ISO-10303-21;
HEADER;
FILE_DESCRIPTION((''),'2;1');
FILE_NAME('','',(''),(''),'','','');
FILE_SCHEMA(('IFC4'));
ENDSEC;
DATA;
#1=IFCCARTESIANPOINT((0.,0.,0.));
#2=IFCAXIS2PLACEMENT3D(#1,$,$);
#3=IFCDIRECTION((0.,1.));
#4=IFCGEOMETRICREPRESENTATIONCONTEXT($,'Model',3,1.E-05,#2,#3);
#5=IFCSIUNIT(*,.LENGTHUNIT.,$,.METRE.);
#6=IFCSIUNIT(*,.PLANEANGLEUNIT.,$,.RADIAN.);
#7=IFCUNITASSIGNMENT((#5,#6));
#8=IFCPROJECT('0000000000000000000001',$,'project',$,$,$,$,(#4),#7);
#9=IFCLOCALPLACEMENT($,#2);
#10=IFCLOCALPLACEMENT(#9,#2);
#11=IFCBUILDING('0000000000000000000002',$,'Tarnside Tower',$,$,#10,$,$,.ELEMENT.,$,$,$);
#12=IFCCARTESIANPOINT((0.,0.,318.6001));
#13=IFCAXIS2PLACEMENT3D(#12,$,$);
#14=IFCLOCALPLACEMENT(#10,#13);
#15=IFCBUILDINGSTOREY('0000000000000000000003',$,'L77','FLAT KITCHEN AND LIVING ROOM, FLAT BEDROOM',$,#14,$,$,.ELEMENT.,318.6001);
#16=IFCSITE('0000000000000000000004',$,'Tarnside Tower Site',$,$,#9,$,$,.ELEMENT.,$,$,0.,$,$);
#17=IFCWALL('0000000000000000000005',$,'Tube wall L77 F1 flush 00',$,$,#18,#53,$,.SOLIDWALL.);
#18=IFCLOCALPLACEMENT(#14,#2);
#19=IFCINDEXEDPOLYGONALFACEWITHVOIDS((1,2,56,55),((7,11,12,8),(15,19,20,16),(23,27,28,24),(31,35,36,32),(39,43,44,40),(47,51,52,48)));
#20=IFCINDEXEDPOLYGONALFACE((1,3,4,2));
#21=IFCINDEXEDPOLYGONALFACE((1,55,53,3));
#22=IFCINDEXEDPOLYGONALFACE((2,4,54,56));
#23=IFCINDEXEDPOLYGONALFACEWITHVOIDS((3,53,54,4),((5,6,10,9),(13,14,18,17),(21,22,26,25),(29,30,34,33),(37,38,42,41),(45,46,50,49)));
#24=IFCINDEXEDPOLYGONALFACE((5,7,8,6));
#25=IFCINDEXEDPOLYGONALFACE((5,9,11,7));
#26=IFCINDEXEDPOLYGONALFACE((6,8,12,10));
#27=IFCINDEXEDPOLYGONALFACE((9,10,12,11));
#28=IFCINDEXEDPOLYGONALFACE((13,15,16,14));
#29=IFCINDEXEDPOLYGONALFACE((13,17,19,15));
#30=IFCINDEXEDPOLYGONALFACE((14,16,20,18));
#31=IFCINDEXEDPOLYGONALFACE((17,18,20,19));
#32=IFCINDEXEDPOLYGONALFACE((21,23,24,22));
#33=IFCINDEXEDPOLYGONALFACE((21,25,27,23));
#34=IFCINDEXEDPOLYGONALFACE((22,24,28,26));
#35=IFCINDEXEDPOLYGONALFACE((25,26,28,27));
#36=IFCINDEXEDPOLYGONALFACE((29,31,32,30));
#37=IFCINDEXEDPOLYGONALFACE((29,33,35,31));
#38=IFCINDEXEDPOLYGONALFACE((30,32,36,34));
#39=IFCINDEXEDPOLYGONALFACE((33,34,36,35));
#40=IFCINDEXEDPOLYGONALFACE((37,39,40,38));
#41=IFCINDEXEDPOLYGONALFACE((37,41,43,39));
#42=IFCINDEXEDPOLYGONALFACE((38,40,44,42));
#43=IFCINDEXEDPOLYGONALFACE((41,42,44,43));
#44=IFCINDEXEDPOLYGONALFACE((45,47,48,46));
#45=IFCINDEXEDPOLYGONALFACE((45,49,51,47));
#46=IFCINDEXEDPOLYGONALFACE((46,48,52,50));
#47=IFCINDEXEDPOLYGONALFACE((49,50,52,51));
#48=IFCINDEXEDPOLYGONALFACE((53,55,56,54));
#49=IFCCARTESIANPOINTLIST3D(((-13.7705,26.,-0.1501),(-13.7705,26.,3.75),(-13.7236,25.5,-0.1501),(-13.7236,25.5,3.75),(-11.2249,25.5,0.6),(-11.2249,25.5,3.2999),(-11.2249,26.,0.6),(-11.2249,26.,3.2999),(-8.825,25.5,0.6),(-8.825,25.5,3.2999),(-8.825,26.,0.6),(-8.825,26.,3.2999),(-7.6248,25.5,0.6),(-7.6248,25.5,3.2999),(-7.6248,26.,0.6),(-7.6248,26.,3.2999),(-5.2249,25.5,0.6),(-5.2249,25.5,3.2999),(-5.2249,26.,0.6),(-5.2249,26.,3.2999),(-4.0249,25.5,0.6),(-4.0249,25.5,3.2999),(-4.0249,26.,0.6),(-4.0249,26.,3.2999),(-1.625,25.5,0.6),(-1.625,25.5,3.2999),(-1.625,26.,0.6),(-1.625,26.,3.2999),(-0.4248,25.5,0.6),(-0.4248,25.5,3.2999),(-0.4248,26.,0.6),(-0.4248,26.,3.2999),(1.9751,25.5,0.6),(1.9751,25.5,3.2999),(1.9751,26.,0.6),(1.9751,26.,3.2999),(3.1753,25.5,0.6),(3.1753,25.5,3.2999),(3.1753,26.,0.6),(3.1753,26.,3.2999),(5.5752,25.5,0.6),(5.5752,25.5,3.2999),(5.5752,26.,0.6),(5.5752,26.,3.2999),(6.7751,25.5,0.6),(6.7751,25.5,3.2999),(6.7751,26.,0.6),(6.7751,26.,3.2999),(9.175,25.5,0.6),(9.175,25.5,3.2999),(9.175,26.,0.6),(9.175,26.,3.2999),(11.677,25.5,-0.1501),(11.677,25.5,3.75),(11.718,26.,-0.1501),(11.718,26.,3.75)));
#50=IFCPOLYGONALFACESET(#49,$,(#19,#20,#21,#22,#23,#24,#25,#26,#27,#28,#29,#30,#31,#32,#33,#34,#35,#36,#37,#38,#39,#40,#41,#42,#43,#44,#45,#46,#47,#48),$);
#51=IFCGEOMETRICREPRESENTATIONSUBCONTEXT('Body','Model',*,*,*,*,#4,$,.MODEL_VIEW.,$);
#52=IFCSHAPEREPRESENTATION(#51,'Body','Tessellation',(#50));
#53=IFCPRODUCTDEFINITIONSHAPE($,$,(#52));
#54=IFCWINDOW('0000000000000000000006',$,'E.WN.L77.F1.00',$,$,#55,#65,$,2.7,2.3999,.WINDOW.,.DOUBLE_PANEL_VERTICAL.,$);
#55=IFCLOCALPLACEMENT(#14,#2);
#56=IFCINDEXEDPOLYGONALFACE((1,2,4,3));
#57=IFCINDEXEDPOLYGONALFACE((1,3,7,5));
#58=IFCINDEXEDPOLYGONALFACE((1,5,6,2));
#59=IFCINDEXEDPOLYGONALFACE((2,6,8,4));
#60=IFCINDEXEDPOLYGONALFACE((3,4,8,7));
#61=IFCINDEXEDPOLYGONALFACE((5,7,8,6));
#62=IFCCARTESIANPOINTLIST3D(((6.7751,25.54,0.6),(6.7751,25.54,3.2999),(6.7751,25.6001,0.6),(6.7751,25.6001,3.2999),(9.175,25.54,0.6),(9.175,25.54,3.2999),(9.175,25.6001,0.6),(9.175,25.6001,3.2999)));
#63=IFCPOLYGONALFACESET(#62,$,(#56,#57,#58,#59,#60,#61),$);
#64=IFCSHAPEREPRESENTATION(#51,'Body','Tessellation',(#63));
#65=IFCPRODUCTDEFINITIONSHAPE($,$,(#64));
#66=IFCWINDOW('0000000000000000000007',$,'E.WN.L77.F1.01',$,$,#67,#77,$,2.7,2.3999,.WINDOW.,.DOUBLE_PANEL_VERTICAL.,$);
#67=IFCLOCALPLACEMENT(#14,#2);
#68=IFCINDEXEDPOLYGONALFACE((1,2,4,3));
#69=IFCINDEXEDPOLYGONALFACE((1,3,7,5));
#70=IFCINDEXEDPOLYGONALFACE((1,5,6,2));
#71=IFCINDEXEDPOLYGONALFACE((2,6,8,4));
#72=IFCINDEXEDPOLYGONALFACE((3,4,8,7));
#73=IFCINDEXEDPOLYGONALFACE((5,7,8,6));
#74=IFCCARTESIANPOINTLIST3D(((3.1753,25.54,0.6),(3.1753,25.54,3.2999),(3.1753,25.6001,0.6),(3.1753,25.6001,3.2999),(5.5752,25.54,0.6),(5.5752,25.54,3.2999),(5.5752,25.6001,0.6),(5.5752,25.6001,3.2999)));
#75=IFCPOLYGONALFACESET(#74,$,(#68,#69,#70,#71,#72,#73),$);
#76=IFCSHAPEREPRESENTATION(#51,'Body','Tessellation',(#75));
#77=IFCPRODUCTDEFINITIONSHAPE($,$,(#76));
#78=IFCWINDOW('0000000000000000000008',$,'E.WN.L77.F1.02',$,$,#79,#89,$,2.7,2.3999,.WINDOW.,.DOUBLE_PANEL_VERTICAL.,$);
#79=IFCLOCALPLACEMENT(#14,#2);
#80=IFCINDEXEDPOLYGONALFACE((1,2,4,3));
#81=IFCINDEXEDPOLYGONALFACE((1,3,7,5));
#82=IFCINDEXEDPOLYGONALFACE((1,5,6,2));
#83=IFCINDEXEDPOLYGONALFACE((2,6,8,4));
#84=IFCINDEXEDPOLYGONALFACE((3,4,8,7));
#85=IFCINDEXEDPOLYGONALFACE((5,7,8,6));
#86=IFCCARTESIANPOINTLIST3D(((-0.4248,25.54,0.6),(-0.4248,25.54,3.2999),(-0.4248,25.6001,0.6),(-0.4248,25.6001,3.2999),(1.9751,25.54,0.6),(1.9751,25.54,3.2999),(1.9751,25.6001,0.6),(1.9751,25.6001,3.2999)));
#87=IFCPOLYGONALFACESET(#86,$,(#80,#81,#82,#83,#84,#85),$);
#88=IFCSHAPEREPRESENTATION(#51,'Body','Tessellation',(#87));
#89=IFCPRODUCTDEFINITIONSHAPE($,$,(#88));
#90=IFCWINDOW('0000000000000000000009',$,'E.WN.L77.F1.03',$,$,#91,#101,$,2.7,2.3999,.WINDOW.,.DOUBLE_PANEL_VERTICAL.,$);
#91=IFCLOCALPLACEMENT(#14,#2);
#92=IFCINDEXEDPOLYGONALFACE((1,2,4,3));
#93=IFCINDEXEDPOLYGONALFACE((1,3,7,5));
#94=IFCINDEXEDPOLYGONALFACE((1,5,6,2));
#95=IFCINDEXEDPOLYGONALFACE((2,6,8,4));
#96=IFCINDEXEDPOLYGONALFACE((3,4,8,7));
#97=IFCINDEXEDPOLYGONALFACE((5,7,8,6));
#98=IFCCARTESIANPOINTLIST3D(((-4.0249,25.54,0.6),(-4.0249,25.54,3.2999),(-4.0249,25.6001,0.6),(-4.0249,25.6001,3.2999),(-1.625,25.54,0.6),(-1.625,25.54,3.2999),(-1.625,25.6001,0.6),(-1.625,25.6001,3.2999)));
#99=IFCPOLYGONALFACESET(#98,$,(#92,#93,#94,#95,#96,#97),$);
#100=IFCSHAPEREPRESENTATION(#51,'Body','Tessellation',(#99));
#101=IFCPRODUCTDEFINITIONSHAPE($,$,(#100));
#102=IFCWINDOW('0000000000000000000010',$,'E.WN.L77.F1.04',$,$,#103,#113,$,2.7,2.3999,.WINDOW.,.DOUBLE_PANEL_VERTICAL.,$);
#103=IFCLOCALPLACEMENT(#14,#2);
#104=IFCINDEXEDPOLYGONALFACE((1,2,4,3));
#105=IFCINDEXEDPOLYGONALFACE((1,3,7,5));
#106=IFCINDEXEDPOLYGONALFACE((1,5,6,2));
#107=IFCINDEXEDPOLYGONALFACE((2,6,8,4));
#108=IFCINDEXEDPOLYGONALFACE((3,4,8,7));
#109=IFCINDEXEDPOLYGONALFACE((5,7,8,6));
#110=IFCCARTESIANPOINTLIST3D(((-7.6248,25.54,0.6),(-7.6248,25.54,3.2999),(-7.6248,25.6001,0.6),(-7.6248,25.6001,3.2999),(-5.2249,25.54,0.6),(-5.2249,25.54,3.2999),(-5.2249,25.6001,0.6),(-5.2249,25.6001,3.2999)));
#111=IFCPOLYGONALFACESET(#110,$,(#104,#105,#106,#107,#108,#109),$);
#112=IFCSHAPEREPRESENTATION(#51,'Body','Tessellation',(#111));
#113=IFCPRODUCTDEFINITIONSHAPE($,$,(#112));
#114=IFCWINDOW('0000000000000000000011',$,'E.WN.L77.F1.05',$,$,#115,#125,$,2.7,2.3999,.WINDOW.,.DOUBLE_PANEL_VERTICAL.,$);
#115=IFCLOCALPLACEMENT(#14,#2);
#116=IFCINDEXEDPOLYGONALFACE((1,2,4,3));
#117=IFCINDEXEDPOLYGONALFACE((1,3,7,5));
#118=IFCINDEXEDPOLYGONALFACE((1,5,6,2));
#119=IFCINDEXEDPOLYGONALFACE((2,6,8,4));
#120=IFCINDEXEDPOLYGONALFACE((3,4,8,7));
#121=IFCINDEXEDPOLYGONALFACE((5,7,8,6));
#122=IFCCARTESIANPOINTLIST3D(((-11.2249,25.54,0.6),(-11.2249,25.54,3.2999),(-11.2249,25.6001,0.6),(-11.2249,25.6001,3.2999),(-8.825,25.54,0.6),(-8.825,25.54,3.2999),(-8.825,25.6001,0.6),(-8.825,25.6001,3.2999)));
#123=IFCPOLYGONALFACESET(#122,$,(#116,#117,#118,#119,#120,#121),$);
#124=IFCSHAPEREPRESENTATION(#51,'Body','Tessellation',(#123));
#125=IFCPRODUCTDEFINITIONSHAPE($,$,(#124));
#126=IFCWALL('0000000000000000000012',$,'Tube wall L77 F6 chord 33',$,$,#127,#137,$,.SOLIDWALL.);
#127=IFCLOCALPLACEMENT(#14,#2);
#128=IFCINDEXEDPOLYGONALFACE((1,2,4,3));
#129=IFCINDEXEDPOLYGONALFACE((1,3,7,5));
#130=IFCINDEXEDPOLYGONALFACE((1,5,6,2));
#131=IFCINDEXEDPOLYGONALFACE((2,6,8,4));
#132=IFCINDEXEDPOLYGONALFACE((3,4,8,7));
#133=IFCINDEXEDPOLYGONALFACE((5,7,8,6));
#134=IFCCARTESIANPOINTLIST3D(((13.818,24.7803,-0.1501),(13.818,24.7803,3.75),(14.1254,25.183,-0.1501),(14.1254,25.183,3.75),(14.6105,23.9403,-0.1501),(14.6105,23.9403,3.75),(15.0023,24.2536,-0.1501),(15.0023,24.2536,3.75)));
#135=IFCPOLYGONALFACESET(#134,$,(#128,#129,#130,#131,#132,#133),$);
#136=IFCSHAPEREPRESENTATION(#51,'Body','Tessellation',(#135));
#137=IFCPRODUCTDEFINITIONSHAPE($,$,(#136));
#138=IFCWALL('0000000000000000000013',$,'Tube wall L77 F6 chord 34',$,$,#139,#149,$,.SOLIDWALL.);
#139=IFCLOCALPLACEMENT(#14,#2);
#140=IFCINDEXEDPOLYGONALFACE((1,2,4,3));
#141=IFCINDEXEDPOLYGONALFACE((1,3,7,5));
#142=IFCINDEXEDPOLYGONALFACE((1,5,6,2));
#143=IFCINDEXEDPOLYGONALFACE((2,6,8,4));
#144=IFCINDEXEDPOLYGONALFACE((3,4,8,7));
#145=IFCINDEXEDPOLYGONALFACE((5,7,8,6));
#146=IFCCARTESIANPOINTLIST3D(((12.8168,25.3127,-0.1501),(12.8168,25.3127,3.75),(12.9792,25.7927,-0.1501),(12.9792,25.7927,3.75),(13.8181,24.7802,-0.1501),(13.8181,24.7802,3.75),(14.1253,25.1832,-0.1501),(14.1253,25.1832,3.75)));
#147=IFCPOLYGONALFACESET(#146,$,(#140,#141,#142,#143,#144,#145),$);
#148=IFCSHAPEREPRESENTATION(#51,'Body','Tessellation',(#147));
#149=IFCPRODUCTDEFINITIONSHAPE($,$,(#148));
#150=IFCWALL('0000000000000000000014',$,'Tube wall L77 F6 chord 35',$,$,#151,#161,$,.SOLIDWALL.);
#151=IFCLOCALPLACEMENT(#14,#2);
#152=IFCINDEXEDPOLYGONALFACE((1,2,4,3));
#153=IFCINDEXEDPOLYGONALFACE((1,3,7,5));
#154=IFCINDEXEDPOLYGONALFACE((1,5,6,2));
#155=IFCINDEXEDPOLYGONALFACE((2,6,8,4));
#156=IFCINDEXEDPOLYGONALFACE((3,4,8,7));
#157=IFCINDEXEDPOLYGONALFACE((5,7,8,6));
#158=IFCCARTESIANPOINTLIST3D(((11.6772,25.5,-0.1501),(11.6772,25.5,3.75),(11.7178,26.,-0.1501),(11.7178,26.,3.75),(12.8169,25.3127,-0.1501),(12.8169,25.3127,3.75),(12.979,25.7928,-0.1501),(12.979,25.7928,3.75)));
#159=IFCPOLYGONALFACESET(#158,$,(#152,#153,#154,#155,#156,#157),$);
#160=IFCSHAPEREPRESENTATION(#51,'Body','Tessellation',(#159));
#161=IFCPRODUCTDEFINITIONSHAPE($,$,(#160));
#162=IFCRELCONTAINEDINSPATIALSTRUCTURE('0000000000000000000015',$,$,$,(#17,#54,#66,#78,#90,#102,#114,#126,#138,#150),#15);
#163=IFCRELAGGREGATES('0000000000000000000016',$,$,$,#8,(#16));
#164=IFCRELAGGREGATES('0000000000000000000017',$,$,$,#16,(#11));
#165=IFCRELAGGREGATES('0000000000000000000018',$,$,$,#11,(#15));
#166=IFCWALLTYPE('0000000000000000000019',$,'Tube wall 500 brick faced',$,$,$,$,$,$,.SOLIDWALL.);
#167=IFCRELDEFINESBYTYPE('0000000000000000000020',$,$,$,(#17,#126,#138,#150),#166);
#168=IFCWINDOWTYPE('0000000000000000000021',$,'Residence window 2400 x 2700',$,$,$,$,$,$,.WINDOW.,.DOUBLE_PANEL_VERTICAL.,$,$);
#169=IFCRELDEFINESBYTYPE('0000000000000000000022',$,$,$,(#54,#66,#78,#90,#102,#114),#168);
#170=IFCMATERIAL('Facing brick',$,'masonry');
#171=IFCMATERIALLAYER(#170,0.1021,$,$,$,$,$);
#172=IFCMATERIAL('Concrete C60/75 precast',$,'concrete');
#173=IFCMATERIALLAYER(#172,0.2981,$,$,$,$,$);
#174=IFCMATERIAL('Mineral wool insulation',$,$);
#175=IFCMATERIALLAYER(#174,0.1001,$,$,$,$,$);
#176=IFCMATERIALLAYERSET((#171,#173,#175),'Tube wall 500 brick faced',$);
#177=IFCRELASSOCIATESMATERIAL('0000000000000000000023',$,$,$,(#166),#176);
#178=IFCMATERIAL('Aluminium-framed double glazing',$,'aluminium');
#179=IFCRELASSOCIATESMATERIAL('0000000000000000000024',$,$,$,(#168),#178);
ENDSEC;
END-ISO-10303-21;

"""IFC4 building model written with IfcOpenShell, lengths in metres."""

from ifc_helpers import new_model, si_unit, direction, frame, frame_2d, origin, place, context, subcontext, project, spatial, polyline, rectangle, outline, extrude, material, layer, layer_set, type_object, element, fill, save


model = new_model("IFC4")

# Units and contexts
model_context = context("Model", 3, precision=1e-05, world=origin(), true_north=direction((0.0, 1.0)))
body_context = subcontext(model_context, "Body", "Model", "MODEL_VIEW")
ifc_project = project(units=[si_unit("LENGTHUNIT", "METRE"), si_unit("PLANEANGLEUNIT", "RADIAN")], contexts=[model_context])

# Site, building, storey
site_placement = place(None, origin())
site = spatial("IfcSite", under=ifc_project, at=site_placement, Name="Tarnside Tower Site", CompositionType="ELEMENT", RefElevation=0.0)
building_placement = place(site_placement, origin())
building = spatial("IfcBuilding", under=site, at=building_placement, Name="Tarnside Tower", CompositionType="ELEMENT")
storey_placement = place(building_placement, frame((0.0, 0.0, 318.6001)))
storey = spatial("IfcBuildingStorey", under=building, at=storey_placement, Name="L77", Description="FLAT KITCHEN AND LIVING ROOM, FLAT BEDROOM", CompositionType="ELEMENT", Elevation=318.6001)

# Shared definitions
ifc_material_1 = material(Name="Concrete C60/75 precast", Category="concrete")
ifc_material_2 = material(Name="Mineral wool insulation")

# Wall, openings, windows
ifc_material_3 = material(Name="Facing brick", Category="masonry")
ifc_layer_1 = layer(ifc_material_3, 0.1021)
ifc_layer_2 = layer(ifc_material_1, 0.2981)
ifc_layer_3 = layer(ifc_material_2, 0.1001)
ifc_layer_set_1 = layer_set([ifc_layer_1, ifc_layer_2, ifc_layer_3], Name="Tube wall 500 brick faced")
wall_type_1 = type_object("IfcWallType", Name="Tube wall 500 brick faced", PredefinedType="SOLIDWALL", material=ifc_layer_set_1)
wall_1_placement = place(storey_placement, frame((11.6975, 25.75, -0.1501), z_axis=(0.0, 0.0, 1.0), x_axis=(-1.0, 0.0, 0.0)))
wall_1 = element("IfcWall", 1, at=wall_1_placement, inside=storey, type_object=wall_type_1, Name="Tube wall L77 F1 flush 00", PredefinedType="SOLIDWALL", context=body_context, shape_type="SweptSolid", body=[
    extrude(outline(polyline([(-0.0205, -0.25), (25.468, -0.25), (25.4211, 0.25), (0.0205, 0.25), (-0.0205, -0.25)])), origin(), (0.0, 0.0, 1.0), 3.9001),
])
opening_1_placement = place(wall_1_placement, frame((2.5225, 0.0, 0.75)))
opening_1 = element("IfcOpeningElement", 2, at=opening_1_placement, cuts=wall_1, PredefinedType="OPENING", context=body_context, shape_type="SweptSolid", body=[
    extrude(rectangle(XDim=2.3999, YDim=2.7, at=frame_2d((1.2, 1.3501))), frame((0.0, 0.26, 0.0), z_axis=(0.0, -1.0, 0.0), x_axis=(1.0, 0.0, 0.0)), (0.0, 0.0, 1.0), 0.52),
])
opening_2_placement = place(wall_1_placement, frame((6.1223, 0.0, 0.75)))
opening_2 = element("IfcOpeningElement", 3, at=opening_2_placement, cuts=wall_1, PredefinedType="OPENING", context=body_context, shape_type="SweptSolid", body=[
    extrude(rectangle(XDim=2.3999, YDim=2.7, at=frame_2d((1.2, 1.3501))), frame((0.0, 0.26, 0.0), z_axis=(0.0, -1.0, 0.0), x_axis=(1.0, 0.0, 0.0)), (0.0, 0.0, 1.0), 0.52),
])
opening_3_placement = place(wall_1_placement, frame((9.7224, 0.0, 0.75)))
opening_3 = element("IfcOpeningElement", 4, at=opening_3_placement, cuts=wall_1, PredefinedType="OPENING", context=body_context, shape_type="SweptSolid", body=[
    extrude(rectangle(XDim=2.3999, YDim=2.7, at=frame_2d((1.2, 1.3501))), frame((0.0, 0.26, 0.0), z_axis=(0.0, -1.0, 0.0), x_axis=(1.0, 0.0, 0.0)), (0.0, 0.0, 1.0), 0.52),
])
opening_4_placement = place(wall_1_placement, frame((13.3225, 0.0, 0.75)))
opening_4 = element("IfcOpeningElement", 5, at=opening_4_placement, cuts=wall_1, PredefinedType="OPENING", context=body_context, shape_type="SweptSolid", body=[
    extrude(rectangle(XDim=2.3999, YDim=2.7, at=frame_2d((1.2, 1.3501))), frame((0.0, 0.26, 0.0), z_axis=(0.0, -1.0, 0.0), x_axis=(1.0, 0.0, 0.0)), (0.0, 0.0, 1.0), 0.52),
])
opening_5_placement = place(wall_1_placement, frame((16.9224, 0.0, 0.75)))
opening_5 = element("IfcOpeningElement", 6, at=opening_5_placement, cuts=wall_1, PredefinedType="OPENING", context=body_context, shape_type="SweptSolid", body=[
    extrude(rectangle(XDim=2.3999, YDim=2.7, at=frame_2d((1.2, 1.3501))), frame((0.0, 0.26, 0.0), z_axis=(0.0, -1.0, 0.0), x_axis=(1.0, 0.0, 0.0)), (0.0, 0.0, 1.0), 0.52),
])
opening_6_placement = place(wall_1_placement, frame((20.5225, 0.0, 0.75)))
opening_6 = element("IfcOpeningElement", 7, at=opening_6_placement, cuts=wall_1, PredefinedType="OPENING", context=body_context, shape_type="SweptSolid", body=[
    extrude(rectangle(XDim=2.3999, YDim=2.7, at=frame_2d((1.2, 1.3501))), frame((0.0, 0.26, 0.0), z_axis=(0.0, -1.0, 0.0), x_axis=(1.0, 0.0, 0.0)), (0.0, 0.0, 1.0), 0.52),
])
ifc_material_4 = material(Name="Aluminium-framed double glazing", Category="aluminium")
window_type = type_object("IfcWindowType", Name="Residence window 2400 x 2700", PartitioningType="DOUBLE_PANEL_VERTICAL", PredefinedType="WINDOW", material=ifc_material_4)
window_1_placement = place(opening_1_placement, frame((0.0, 0.1799, 0.0)))
window_1 = element("IfcWindow", 8, at=window_1_placement, inside=storey, type_object=window_type, Name="E.WN.L77.F1.00", OverallHeight=2.7, OverallWidth=2.3999, PartitioningType="DOUBLE_PANEL_VERTICAL", PredefinedType="WINDOW", context=body_context, shape_type="SweptSolid", body=[
    extrude(rectangle(XDim=2.3999, YDim=2.7, at=frame_2d((1.2, 1.3501))), frame((0.0, 0.03, 0.0), z_axis=(0.0, -1.0, 0.0), x_axis=(1.0, 0.0, 0.0)), (0.0, 0.0, 1.0), 0.0601),
])
fill(opening_1, window_1)
window_2_placement = place(opening_2_placement, frame((0.0, 0.1799, 0.0)))
window_2 = element("IfcWindow", 9, at=window_2_placement, inside=storey, type_object=window_type, Name="E.WN.L77.F1.01", OverallHeight=2.7, OverallWidth=2.3999, PartitioningType="DOUBLE_PANEL_VERTICAL", PredefinedType="WINDOW", context=body_context, shape_type="SweptSolid", body=[
    extrude(rectangle(XDim=2.3999, YDim=2.7, at=frame_2d((1.2, 1.3501))), frame((0.0, 0.03, 0.0), z_axis=(0.0, -1.0, 0.0), x_axis=(1.0, 0.0, 0.0)), (0.0, 0.0, 1.0), 0.0601),
])
fill(opening_2, window_2)
window_3_placement = place(opening_3_placement, frame((0.0, 0.1799, 0.0)))
window_3 = element("IfcWindow", 10, at=window_3_placement, inside=storey, type_object=window_type, Name="E.WN.L77.F1.02", OverallHeight=2.7, OverallWidth=2.3999, PartitioningType="DOUBLE_PANEL_VERTICAL", PredefinedType="WINDOW", context=body_context, shape_type="SweptSolid", body=[
    extrude(rectangle(XDim=2.3999, YDim=2.7, at=frame_2d((1.2, 1.3501))), frame((0.0, 0.03, 0.0), z_axis=(0.0, -1.0, 0.0), x_axis=(1.0, 0.0, 0.0)), (0.0, 0.0, 1.0), 0.0601),
])
fill(opening_3, window_3)
window_4_placement = place(opening_4_placement, frame((0.0, 0.1799, 0.0)))
window_4 = element("IfcWindow", 11, at=window_4_placement, inside=storey, type_object=window_type, Name="E.WN.L77.F1.03", OverallHeight=2.7, OverallWidth=2.3999, PartitioningType="DOUBLE_PANEL_VERTICAL", PredefinedType="WINDOW", context=body_context, shape_type="SweptSolid", body=[
    extrude(rectangle(XDim=2.3999, YDim=2.7, at=frame_2d((1.2, 1.3501))), frame((0.0, 0.03, 0.0), z_axis=(0.0, -1.0, 0.0), x_axis=(1.0, 0.0, 0.0)), (0.0, 0.0, 1.0), 0.0601),
])
fill(opening_4, window_4)
window_5_placement = place(opening_5_placement, frame((0.0, 0.1799, 0.0)))
window_5 = element("IfcWindow", 12, at=window_5_placement, inside=storey, type_object=window_type, Name="E.WN.L77.F1.04", OverallHeight=2.7, OverallWidth=2.3999, PartitioningType="DOUBLE_PANEL_VERTICAL", PredefinedType="WINDOW", context=body_context, shape_type="SweptSolid", body=[
    extrude(rectangle(XDim=2.3999, YDim=2.7, at=frame_2d((1.2, 1.3501))), frame((0.0, 0.03, 0.0), z_axis=(0.0, -1.0, 0.0), x_axis=(1.0, 0.0, 0.0)), (0.0, 0.0, 1.0), 0.0601),
])
fill(opening_5, window_5)
window_6_placement = place(opening_6_placement, frame((0.0, 0.1799, 0.0)))
window_6 = element("IfcWindow", 13, at=window_6_placement, inside=storey, type_object=window_type, Name="E.WN.L77.F1.05", OverallHeight=2.7, OverallWidth=2.3999, PartitioningType="DOUBLE_PANEL_VERTICAL", PredefinedType="WINDOW", context=body_context, shape_type="SweptSolid", body=[
    extrude(rectangle(XDim=2.3999, YDim=2.7, at=frame_2d((1.2, 1.3501))), frame((0.0, 0.03, 0.0), z_axis=(0.0, -1.0, 0.0), x_axis=(1.0, 0.0, 0.0)), (0.0, 0.0, 1.0), 0.0601),
])
fill(opening_6, window_6)

# Walls
wall_2_placement = place(storey_placement, frame((14.8064, 24.0969, -0.1501), z_axis=(0.0, 0.0, 1.0), x_axis=(-0.686234, 0.72738, 0.0)))
element("IfcWall", 14, at=wall_2_placement, inside=storey, type_object=wall_type_1, Name="Tube wall L77 F6 chord 33", PredefinedType="SOLIDWALL", context=body_context, shape_type="SweptSolid", body=[
    extrude(outline(polyline([(-0.0205, -0.25), (1.2573, -0.25), (1.1753, 0.25), (0.0205, 0.25), (-0.0205, -0.25)])), origin(), (0.0, 0.0, 1.0), 3.9001),
])
wall_3_placement = place(storey_placement, frame((13.9717, 24.9817, -0.1501), z_axis=(0.0, 0.0, 1.0), x_axis=(-0.882902, 0.469556, 0.0)))
element("IfcWall", 15, at=wall_3_placement, inside=storey, type_object=wall_type_1, Name="Tube wall L77 F6 chord 34", PredefinedType="SOLIDWALL", context=body_context, shape_type="SweptSolid", body=[
    extrude(outline(polyline([(-0.041, -0.25), (1.2571, -0.25), (1.175, 0.25), (0.041, 0.25), (-0.041, -0.25)])), origin(), (0.0, 0.0, 1.0), 3.9001),
])
wall_4_placement = place(storey_placement, frame((12.8979, 25.5527, -0.1501), z_axis=(0.0, 0.0, 1.0), x_axis=(-0.986766, 0.162153, 0.0)))
element("IfcWall", 16, at=wall_4_placement, inside=storey, type_object=wall_type_1, Name="Tube wall L77 F6 chord 35", PredefinedType="SOLIDWALL", context=body_context, shape_type="SweptSolid", body=[
    extrude(outline(polyline([(-0.041, -0.25), (1.2371, -0.25), (1.196, 0.25), (0.041, 0.25), (-0.041, -0.25)])), origin(), (0.0, 0.0, 1.0), 3.9001),
])

save(model, "model.ifc")
